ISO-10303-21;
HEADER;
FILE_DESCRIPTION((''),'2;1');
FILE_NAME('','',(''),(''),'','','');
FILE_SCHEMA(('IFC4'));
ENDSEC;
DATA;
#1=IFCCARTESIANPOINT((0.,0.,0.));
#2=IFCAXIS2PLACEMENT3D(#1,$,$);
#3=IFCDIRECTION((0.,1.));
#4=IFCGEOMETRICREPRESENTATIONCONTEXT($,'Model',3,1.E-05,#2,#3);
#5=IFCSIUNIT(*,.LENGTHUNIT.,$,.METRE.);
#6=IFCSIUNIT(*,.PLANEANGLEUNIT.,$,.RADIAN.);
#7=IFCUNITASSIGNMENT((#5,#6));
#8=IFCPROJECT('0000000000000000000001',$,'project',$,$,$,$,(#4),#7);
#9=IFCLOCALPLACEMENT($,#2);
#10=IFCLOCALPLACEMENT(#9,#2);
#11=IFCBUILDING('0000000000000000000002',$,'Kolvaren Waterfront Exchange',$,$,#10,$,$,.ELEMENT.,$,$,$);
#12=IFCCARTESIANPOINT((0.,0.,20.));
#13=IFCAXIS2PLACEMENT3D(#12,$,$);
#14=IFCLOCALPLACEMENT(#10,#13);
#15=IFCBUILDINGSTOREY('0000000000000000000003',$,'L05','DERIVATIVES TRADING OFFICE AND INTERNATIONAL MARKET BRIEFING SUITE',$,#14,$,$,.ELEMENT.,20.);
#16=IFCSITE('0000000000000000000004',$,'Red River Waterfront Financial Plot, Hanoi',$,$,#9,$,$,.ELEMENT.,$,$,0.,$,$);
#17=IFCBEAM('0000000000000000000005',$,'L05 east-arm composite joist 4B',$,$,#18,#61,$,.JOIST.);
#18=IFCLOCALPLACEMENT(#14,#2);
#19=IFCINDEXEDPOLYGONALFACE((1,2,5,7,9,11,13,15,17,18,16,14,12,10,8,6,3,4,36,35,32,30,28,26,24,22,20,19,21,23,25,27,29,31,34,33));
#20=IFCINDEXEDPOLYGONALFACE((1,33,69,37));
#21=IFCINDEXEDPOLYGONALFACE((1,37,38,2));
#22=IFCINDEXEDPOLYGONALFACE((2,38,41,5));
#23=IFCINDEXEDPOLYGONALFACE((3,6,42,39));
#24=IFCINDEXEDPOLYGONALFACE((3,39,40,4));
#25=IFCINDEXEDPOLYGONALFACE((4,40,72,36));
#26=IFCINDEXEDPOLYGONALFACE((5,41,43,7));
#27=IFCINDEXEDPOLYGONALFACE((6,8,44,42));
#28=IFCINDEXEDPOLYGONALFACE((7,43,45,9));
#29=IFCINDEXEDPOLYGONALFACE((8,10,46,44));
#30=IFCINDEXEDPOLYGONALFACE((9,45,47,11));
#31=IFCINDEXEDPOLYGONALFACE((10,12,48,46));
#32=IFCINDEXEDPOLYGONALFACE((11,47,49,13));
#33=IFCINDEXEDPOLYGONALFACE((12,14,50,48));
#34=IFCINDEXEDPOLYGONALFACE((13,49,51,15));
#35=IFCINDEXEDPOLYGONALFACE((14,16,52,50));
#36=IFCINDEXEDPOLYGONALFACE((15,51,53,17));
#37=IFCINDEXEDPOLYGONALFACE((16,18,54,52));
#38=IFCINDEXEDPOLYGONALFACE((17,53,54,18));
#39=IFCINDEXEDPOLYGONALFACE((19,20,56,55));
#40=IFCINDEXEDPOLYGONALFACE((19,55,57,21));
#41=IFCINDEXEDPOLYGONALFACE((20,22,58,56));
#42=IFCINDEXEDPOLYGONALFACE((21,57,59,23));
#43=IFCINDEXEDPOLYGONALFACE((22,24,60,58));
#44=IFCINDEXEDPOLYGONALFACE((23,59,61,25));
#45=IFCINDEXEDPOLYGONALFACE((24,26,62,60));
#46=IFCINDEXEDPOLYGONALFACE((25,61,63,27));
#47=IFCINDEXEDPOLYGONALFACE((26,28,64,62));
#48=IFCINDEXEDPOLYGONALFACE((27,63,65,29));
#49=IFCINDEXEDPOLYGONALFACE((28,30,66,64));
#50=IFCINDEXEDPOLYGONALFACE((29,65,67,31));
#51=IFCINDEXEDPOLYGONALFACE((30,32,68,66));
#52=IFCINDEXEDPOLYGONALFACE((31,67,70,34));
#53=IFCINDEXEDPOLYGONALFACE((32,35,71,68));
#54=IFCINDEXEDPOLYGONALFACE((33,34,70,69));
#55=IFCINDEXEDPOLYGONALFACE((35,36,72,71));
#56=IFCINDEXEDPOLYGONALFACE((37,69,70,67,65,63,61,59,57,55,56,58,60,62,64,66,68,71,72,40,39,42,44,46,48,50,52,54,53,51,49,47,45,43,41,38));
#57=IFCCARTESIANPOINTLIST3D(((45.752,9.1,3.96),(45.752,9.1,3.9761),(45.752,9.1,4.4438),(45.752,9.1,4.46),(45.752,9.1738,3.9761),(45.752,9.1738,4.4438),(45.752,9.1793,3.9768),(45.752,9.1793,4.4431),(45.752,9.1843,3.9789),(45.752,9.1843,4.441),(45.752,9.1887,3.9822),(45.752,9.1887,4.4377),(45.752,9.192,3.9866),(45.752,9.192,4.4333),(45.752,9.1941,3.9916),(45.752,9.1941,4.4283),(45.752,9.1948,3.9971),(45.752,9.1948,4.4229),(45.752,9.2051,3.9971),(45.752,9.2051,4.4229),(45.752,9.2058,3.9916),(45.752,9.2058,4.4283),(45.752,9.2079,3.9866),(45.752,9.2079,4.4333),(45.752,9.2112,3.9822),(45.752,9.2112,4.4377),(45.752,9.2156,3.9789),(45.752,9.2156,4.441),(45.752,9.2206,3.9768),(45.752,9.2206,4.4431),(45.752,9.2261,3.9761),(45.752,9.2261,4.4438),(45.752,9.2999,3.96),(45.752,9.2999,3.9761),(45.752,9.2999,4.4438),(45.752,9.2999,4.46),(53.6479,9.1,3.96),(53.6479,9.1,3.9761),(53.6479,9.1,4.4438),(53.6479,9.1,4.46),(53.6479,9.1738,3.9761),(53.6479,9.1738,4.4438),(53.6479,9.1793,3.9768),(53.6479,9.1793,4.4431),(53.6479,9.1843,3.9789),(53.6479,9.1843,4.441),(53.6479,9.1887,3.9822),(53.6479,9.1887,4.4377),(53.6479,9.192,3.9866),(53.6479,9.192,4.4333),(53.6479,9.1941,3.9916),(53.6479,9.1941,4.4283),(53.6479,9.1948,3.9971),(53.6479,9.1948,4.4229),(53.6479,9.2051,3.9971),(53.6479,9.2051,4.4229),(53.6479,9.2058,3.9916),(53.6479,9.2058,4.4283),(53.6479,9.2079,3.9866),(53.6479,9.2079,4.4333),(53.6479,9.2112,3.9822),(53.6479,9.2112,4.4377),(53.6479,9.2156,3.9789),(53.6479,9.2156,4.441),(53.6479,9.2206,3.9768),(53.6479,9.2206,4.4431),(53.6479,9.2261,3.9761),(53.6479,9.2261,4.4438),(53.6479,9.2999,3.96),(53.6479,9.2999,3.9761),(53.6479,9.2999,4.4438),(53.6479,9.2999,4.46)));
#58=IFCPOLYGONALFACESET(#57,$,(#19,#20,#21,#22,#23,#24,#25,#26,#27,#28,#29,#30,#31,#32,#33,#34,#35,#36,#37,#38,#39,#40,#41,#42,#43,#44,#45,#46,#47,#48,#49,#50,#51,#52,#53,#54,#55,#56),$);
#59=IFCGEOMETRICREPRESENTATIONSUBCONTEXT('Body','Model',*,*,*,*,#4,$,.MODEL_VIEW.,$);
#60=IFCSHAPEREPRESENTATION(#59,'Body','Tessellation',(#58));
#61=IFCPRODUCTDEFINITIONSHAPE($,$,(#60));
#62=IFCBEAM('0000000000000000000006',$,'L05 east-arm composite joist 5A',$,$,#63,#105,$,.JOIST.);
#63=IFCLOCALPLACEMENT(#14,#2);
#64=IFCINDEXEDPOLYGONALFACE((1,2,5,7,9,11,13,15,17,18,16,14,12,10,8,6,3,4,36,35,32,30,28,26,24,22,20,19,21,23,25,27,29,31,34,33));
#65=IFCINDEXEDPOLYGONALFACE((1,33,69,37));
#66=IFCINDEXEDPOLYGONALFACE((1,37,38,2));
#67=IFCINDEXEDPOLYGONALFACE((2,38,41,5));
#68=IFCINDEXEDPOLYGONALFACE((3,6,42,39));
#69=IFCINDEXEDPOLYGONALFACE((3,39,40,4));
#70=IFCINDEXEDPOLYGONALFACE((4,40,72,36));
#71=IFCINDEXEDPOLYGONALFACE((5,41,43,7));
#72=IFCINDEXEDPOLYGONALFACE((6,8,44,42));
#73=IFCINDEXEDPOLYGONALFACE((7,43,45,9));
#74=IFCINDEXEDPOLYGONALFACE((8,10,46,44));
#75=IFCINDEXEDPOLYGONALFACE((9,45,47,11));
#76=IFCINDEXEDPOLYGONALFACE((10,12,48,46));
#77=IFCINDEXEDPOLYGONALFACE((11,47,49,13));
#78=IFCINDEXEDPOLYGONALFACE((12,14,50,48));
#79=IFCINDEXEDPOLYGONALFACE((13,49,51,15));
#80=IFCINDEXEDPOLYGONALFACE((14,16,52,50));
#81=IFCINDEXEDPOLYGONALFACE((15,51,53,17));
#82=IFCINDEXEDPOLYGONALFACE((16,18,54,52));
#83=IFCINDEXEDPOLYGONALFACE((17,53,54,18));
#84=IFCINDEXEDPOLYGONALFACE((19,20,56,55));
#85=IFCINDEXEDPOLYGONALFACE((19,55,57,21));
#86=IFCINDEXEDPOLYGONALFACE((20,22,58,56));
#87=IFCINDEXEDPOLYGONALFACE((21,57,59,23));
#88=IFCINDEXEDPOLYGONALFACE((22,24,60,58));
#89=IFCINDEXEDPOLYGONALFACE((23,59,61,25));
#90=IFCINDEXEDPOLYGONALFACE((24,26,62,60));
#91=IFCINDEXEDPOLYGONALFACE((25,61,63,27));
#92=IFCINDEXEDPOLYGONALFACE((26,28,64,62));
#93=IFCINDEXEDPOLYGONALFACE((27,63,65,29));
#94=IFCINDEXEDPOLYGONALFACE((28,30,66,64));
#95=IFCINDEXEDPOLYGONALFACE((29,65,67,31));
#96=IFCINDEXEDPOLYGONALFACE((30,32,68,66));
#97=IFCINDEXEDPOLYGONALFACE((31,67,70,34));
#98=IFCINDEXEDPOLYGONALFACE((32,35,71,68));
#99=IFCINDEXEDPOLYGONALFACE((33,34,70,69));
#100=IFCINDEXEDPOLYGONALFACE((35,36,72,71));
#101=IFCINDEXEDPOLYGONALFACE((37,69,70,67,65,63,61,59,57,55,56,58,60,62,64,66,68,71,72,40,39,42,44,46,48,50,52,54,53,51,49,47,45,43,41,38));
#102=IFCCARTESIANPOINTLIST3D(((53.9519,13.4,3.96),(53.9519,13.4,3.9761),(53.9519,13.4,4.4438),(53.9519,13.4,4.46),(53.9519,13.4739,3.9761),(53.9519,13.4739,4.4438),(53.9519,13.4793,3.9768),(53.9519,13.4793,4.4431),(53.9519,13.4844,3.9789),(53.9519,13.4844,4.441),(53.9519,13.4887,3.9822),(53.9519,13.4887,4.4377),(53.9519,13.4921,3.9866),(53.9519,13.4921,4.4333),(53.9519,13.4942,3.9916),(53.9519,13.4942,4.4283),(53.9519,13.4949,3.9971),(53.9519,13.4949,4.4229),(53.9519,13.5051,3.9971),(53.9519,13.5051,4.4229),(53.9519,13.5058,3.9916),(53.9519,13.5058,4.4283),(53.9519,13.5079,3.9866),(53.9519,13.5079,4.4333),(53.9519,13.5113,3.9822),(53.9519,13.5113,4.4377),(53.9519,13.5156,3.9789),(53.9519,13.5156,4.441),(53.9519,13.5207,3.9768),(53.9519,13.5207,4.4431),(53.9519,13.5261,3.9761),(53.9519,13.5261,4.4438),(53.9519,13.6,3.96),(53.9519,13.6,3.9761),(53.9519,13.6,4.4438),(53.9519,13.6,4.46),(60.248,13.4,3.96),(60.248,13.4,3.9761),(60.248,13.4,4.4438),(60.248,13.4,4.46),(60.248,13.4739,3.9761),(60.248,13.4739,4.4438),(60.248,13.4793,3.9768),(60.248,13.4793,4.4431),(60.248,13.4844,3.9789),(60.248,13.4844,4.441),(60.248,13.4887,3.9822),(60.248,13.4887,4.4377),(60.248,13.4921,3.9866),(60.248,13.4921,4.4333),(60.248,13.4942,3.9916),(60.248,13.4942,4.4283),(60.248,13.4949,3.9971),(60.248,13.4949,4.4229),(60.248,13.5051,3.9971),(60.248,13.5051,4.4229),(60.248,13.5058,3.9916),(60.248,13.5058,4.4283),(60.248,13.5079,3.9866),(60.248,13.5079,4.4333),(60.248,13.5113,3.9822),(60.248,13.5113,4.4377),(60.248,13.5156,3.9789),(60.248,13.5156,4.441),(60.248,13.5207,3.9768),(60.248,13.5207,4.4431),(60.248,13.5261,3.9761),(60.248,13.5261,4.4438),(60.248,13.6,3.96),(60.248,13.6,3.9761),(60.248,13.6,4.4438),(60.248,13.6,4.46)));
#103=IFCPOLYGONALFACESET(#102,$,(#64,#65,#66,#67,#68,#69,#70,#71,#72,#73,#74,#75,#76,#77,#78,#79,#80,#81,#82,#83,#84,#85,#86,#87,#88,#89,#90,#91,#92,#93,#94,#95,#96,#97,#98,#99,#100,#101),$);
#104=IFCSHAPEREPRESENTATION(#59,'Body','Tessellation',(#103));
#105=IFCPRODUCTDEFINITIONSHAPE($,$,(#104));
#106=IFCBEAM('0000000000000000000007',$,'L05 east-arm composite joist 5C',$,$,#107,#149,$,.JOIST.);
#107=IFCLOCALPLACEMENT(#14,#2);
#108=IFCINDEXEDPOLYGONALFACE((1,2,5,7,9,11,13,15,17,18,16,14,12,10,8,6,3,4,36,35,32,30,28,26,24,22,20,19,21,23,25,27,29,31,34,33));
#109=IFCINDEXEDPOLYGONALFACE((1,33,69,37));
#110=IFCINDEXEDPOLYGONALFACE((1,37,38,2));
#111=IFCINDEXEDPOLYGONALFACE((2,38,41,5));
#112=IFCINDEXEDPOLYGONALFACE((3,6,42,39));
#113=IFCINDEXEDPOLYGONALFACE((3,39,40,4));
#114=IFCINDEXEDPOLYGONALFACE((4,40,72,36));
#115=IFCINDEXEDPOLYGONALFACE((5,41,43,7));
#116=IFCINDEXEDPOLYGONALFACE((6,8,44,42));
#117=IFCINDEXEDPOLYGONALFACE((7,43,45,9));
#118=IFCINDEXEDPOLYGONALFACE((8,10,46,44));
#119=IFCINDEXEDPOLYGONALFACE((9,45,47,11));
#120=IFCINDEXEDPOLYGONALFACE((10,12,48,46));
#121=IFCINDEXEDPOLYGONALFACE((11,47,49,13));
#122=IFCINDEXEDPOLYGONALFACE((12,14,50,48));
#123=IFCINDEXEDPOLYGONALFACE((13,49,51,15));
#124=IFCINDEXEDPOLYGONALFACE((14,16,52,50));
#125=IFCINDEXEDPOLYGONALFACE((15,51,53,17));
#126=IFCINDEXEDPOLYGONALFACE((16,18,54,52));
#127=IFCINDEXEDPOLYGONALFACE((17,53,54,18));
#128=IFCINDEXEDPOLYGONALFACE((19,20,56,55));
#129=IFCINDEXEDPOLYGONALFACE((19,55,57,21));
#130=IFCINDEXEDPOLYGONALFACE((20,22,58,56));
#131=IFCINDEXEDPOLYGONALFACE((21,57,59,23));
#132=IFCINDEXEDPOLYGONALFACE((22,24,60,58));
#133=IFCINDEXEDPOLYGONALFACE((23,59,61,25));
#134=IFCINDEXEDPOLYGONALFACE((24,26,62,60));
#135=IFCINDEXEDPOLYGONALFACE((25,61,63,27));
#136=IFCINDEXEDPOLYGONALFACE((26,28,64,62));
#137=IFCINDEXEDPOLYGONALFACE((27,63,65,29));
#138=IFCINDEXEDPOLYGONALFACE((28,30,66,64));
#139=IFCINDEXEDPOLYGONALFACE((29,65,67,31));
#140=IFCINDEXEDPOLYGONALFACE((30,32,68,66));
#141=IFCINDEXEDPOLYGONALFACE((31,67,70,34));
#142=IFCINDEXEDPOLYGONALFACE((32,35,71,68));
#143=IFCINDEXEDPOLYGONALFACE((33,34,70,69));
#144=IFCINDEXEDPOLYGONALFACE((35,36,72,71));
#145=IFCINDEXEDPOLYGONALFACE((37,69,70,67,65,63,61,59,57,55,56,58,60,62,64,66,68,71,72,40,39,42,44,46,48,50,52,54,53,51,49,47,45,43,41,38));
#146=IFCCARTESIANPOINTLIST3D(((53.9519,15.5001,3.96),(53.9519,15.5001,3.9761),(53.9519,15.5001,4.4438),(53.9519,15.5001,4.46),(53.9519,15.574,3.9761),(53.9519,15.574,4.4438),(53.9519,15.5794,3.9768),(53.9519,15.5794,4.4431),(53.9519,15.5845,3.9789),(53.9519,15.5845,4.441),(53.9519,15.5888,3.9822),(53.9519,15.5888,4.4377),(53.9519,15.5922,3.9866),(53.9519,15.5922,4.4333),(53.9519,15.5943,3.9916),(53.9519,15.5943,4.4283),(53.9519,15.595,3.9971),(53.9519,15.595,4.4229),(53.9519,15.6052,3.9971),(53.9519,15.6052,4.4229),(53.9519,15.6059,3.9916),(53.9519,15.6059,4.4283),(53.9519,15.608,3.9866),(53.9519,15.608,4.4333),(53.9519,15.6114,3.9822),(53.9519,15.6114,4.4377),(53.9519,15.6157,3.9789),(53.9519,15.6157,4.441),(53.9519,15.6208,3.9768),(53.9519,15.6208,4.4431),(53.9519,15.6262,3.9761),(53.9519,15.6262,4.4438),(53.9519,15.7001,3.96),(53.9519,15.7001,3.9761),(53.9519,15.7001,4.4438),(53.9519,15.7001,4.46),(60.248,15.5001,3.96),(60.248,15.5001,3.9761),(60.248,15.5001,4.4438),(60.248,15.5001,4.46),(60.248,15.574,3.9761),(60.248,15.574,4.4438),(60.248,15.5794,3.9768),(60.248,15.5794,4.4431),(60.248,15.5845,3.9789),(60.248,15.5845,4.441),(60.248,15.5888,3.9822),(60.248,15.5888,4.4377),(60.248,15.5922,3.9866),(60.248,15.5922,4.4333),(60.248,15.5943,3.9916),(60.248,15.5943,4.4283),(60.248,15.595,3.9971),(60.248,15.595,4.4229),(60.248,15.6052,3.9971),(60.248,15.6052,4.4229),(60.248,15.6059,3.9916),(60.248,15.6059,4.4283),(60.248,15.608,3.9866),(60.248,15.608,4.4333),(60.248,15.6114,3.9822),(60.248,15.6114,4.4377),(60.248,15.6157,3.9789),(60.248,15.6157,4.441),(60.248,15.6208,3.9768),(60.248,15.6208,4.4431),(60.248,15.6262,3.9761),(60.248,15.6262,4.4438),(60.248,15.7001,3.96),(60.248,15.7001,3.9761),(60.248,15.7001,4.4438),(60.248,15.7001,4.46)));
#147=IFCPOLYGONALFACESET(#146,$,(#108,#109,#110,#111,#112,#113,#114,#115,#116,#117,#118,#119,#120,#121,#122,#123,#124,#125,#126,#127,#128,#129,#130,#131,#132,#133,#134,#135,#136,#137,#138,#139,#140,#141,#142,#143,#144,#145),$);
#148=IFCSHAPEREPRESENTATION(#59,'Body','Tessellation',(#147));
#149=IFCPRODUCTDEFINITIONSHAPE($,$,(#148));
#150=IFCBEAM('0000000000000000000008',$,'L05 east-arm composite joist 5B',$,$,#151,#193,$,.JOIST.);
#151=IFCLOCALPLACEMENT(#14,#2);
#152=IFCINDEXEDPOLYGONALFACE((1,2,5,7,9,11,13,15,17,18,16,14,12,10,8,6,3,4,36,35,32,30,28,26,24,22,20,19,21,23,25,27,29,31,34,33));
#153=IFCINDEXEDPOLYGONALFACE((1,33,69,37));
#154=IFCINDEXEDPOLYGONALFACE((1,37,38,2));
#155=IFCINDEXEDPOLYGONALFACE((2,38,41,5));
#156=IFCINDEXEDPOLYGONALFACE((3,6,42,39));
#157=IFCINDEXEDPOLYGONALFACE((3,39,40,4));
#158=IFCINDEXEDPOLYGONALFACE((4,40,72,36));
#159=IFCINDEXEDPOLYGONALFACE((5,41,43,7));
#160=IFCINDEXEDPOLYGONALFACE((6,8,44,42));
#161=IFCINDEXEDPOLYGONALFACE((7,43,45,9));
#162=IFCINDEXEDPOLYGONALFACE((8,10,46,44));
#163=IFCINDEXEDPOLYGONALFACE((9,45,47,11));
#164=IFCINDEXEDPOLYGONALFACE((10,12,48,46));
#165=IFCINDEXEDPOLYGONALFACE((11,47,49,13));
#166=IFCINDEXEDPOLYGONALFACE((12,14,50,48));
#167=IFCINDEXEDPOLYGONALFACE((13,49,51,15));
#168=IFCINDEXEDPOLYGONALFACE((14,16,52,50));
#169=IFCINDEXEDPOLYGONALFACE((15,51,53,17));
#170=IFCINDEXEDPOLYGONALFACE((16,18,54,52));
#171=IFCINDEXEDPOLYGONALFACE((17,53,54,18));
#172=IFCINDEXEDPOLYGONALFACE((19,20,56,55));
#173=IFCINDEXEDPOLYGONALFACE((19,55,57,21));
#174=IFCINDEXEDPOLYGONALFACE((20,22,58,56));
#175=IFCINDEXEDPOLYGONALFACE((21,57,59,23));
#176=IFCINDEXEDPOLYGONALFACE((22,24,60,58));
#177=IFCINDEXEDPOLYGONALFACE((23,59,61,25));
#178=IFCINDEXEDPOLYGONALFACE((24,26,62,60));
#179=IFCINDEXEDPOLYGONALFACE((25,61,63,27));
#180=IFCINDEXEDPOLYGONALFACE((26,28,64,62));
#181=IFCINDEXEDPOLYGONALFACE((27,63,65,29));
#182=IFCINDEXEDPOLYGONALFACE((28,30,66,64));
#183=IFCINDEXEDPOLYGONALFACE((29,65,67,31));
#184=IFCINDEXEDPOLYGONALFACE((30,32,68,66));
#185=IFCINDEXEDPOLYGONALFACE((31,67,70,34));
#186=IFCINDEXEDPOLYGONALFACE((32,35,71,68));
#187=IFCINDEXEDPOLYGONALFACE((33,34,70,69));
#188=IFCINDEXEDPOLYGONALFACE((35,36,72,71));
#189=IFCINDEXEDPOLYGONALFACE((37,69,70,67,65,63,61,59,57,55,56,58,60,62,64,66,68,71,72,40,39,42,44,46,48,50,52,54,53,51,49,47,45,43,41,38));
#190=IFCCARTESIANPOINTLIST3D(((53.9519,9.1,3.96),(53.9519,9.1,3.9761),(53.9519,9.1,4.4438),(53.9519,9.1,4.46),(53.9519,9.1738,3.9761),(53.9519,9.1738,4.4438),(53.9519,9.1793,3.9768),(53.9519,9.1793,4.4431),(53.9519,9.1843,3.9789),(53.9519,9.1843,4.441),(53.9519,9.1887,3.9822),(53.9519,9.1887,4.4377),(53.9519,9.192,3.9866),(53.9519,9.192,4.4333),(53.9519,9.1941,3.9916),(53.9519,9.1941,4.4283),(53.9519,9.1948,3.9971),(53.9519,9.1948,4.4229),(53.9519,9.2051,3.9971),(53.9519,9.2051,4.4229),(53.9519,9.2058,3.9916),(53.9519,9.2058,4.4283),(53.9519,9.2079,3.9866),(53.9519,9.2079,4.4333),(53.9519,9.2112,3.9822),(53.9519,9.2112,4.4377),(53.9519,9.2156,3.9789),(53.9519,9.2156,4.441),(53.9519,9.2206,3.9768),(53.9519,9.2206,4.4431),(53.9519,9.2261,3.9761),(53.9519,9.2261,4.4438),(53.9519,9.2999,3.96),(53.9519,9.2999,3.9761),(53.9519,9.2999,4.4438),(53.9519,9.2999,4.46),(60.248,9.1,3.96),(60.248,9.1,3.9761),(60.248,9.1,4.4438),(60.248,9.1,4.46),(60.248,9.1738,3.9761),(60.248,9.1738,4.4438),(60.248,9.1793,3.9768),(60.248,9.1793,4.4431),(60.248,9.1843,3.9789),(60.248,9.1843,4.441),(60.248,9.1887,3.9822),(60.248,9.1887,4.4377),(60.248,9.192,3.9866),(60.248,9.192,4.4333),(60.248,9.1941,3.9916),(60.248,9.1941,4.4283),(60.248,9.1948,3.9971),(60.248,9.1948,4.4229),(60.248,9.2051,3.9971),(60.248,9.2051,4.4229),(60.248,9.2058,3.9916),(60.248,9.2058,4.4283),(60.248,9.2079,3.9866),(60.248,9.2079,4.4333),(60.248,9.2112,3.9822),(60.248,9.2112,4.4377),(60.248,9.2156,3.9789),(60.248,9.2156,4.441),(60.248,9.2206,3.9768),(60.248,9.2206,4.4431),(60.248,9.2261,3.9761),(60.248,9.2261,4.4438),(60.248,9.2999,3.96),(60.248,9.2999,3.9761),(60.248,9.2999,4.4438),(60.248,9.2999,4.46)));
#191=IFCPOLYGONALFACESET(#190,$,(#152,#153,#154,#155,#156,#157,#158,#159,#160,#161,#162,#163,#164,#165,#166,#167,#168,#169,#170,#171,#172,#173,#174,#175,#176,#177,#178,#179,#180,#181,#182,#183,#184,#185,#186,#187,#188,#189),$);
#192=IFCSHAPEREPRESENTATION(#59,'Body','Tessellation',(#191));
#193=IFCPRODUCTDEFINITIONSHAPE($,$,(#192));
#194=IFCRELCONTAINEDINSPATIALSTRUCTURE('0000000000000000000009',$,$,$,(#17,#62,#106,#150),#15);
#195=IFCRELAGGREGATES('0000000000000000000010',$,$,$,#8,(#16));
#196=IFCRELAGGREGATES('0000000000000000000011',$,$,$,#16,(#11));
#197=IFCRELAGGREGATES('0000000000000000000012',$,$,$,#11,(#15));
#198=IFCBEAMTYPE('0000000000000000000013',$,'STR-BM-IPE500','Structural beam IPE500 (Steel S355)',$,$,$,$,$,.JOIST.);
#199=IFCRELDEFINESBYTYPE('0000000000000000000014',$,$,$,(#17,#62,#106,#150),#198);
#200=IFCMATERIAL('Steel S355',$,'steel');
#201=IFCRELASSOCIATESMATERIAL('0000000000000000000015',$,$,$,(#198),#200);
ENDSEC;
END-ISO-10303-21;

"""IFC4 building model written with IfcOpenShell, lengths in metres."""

from ifc_helpers import new_model, si_unit, direction, frame, origin, origin_2d, place, context, subcontext, project, spatial, i_section, extrude, material, material_profile, profile_set, type_object, element, save


model = new_model("IFC4")

# Units and contexts
model_context = context("Model", 3, precision=1e-05, world=origin(), true_north=direction((0.0, 1.0)))
body_context = subcontext(model_context, "Body", "Model", "MODEL_VIEW")
ifc_project = project(units=[si_unit("LENGTHUNIT", "METRE"), si_unit("PLANEANGLEUNIT", "RADIAN")], contexts=[model_context])

# Site, building, storey
site_placement = place(None, origin())
site = spatial("IfcSite", under=ifc_project, at=site_placement, Name="Red River Waterfront Financial Plot, Hanoi", CompositionType="ELEMENT", RefElevation=0.0)
building_placement = place(site_placement, origin())
building = spatial("IfcBuilding", under=site, at=building_placement, Name="Kolvaren Waterfront Exchange", CompositionType="ELEMENT")
storey_placement = place(building_placement, frame((0.0, 0.0, 20.0)))
storey = spatial("IfcBuildingStorey", under=building, at=storey_placement, Name="L05", Description="DERIVATIVES TRADING OFFICE AND INTERNATIONAL MARKET BRIEFING SUITE", CompositionType="ELEMENT", Elevation=20.0)

# Beams
ifc_material_1 = material(Name="Steel S355", Category="steel")
ifc_material_profile_1 = material_profile(ifc_material_1, i_section(OverallWidth=0.2, OverallDepth=0.5, WebThickness=0.0103, FlangeThickness=0.0161, FilletRadius=0.021, at=origin_2d()), Name="IPE500")
ifc_profile_set_1 = profile_set([ifc_material_profile_1], Name="Steel S355")
beam_type_1 = type_object("IfcBeamType", Name="STR-BM-IPE500", Description="Structural beam IPE500 (Steel S355)", PredefinedType="JOIST", material=ifc_profile_set_1)
for number, where, z_axis, x_axis, name in (
    (1, (45.752, 9.2, 4.21), (1.0, 0.0, 0.0), (0.0, 1.0, 0.0), "L05 east-arm composite joist 4B"),
):
    element("IfcBeam", number, at=place(storey_placement, frame(where, z_axis=z_axis, x_axis=x_axis)), inside=storey, type_object=beam_type_1, Name=name, PredefinedType="JOIST", context=body_context, shape_type="SweptSolid", body=[
        extrude(i_section(OverallWidth=0.2, OverallDepth=0.5, WebThickness=0.0103, FlangeThickness=0.0161, FilletRadius=0.021, at=origin_2d()), origin(), (0.0, 0.0, 1.0), 7.896),
    ])
for number, where, z_axis, x_axis, name in (
    (2, (53.9519, 13.5, 4.21), (1.0, 0.0, 0.0), (0.0, 1.0, 0.0), "L05 east-arm composite joist 5A"),
    (3, (53.9519, 15.6001, 4.21), (1.0, 0.0, 0.0), (0.0, 1.0, 0.0), "L05 east-arm composite joist 5C"),
    (4, (53.9519, 9.2, 4.21), (1.0, 0.0, 0.0), (0.0, 1.0, 0.0), "L05 east-arm composite joist 5B"),
):
    element("IfcBeam", number, at=place(storey_placement, frame(where, z_axis=z_axis, x_axis=x_axis)), inside=storey, type_object=beam_type_1, Name=name, PredefinedType="JOIST", context=body_context, shape_type="SweptSolid", body=[
        extrude(i_section(OverallWidth=0.2, OverallDepth=0.5, WebThickness=0.0103, FlangeThickness=0.0161, FilletRadius=0.021, at=origin_2d()), origin(), (0.0, 0.0, 1.0), 6.2961),
    ])

save(model, "model.ifc")
